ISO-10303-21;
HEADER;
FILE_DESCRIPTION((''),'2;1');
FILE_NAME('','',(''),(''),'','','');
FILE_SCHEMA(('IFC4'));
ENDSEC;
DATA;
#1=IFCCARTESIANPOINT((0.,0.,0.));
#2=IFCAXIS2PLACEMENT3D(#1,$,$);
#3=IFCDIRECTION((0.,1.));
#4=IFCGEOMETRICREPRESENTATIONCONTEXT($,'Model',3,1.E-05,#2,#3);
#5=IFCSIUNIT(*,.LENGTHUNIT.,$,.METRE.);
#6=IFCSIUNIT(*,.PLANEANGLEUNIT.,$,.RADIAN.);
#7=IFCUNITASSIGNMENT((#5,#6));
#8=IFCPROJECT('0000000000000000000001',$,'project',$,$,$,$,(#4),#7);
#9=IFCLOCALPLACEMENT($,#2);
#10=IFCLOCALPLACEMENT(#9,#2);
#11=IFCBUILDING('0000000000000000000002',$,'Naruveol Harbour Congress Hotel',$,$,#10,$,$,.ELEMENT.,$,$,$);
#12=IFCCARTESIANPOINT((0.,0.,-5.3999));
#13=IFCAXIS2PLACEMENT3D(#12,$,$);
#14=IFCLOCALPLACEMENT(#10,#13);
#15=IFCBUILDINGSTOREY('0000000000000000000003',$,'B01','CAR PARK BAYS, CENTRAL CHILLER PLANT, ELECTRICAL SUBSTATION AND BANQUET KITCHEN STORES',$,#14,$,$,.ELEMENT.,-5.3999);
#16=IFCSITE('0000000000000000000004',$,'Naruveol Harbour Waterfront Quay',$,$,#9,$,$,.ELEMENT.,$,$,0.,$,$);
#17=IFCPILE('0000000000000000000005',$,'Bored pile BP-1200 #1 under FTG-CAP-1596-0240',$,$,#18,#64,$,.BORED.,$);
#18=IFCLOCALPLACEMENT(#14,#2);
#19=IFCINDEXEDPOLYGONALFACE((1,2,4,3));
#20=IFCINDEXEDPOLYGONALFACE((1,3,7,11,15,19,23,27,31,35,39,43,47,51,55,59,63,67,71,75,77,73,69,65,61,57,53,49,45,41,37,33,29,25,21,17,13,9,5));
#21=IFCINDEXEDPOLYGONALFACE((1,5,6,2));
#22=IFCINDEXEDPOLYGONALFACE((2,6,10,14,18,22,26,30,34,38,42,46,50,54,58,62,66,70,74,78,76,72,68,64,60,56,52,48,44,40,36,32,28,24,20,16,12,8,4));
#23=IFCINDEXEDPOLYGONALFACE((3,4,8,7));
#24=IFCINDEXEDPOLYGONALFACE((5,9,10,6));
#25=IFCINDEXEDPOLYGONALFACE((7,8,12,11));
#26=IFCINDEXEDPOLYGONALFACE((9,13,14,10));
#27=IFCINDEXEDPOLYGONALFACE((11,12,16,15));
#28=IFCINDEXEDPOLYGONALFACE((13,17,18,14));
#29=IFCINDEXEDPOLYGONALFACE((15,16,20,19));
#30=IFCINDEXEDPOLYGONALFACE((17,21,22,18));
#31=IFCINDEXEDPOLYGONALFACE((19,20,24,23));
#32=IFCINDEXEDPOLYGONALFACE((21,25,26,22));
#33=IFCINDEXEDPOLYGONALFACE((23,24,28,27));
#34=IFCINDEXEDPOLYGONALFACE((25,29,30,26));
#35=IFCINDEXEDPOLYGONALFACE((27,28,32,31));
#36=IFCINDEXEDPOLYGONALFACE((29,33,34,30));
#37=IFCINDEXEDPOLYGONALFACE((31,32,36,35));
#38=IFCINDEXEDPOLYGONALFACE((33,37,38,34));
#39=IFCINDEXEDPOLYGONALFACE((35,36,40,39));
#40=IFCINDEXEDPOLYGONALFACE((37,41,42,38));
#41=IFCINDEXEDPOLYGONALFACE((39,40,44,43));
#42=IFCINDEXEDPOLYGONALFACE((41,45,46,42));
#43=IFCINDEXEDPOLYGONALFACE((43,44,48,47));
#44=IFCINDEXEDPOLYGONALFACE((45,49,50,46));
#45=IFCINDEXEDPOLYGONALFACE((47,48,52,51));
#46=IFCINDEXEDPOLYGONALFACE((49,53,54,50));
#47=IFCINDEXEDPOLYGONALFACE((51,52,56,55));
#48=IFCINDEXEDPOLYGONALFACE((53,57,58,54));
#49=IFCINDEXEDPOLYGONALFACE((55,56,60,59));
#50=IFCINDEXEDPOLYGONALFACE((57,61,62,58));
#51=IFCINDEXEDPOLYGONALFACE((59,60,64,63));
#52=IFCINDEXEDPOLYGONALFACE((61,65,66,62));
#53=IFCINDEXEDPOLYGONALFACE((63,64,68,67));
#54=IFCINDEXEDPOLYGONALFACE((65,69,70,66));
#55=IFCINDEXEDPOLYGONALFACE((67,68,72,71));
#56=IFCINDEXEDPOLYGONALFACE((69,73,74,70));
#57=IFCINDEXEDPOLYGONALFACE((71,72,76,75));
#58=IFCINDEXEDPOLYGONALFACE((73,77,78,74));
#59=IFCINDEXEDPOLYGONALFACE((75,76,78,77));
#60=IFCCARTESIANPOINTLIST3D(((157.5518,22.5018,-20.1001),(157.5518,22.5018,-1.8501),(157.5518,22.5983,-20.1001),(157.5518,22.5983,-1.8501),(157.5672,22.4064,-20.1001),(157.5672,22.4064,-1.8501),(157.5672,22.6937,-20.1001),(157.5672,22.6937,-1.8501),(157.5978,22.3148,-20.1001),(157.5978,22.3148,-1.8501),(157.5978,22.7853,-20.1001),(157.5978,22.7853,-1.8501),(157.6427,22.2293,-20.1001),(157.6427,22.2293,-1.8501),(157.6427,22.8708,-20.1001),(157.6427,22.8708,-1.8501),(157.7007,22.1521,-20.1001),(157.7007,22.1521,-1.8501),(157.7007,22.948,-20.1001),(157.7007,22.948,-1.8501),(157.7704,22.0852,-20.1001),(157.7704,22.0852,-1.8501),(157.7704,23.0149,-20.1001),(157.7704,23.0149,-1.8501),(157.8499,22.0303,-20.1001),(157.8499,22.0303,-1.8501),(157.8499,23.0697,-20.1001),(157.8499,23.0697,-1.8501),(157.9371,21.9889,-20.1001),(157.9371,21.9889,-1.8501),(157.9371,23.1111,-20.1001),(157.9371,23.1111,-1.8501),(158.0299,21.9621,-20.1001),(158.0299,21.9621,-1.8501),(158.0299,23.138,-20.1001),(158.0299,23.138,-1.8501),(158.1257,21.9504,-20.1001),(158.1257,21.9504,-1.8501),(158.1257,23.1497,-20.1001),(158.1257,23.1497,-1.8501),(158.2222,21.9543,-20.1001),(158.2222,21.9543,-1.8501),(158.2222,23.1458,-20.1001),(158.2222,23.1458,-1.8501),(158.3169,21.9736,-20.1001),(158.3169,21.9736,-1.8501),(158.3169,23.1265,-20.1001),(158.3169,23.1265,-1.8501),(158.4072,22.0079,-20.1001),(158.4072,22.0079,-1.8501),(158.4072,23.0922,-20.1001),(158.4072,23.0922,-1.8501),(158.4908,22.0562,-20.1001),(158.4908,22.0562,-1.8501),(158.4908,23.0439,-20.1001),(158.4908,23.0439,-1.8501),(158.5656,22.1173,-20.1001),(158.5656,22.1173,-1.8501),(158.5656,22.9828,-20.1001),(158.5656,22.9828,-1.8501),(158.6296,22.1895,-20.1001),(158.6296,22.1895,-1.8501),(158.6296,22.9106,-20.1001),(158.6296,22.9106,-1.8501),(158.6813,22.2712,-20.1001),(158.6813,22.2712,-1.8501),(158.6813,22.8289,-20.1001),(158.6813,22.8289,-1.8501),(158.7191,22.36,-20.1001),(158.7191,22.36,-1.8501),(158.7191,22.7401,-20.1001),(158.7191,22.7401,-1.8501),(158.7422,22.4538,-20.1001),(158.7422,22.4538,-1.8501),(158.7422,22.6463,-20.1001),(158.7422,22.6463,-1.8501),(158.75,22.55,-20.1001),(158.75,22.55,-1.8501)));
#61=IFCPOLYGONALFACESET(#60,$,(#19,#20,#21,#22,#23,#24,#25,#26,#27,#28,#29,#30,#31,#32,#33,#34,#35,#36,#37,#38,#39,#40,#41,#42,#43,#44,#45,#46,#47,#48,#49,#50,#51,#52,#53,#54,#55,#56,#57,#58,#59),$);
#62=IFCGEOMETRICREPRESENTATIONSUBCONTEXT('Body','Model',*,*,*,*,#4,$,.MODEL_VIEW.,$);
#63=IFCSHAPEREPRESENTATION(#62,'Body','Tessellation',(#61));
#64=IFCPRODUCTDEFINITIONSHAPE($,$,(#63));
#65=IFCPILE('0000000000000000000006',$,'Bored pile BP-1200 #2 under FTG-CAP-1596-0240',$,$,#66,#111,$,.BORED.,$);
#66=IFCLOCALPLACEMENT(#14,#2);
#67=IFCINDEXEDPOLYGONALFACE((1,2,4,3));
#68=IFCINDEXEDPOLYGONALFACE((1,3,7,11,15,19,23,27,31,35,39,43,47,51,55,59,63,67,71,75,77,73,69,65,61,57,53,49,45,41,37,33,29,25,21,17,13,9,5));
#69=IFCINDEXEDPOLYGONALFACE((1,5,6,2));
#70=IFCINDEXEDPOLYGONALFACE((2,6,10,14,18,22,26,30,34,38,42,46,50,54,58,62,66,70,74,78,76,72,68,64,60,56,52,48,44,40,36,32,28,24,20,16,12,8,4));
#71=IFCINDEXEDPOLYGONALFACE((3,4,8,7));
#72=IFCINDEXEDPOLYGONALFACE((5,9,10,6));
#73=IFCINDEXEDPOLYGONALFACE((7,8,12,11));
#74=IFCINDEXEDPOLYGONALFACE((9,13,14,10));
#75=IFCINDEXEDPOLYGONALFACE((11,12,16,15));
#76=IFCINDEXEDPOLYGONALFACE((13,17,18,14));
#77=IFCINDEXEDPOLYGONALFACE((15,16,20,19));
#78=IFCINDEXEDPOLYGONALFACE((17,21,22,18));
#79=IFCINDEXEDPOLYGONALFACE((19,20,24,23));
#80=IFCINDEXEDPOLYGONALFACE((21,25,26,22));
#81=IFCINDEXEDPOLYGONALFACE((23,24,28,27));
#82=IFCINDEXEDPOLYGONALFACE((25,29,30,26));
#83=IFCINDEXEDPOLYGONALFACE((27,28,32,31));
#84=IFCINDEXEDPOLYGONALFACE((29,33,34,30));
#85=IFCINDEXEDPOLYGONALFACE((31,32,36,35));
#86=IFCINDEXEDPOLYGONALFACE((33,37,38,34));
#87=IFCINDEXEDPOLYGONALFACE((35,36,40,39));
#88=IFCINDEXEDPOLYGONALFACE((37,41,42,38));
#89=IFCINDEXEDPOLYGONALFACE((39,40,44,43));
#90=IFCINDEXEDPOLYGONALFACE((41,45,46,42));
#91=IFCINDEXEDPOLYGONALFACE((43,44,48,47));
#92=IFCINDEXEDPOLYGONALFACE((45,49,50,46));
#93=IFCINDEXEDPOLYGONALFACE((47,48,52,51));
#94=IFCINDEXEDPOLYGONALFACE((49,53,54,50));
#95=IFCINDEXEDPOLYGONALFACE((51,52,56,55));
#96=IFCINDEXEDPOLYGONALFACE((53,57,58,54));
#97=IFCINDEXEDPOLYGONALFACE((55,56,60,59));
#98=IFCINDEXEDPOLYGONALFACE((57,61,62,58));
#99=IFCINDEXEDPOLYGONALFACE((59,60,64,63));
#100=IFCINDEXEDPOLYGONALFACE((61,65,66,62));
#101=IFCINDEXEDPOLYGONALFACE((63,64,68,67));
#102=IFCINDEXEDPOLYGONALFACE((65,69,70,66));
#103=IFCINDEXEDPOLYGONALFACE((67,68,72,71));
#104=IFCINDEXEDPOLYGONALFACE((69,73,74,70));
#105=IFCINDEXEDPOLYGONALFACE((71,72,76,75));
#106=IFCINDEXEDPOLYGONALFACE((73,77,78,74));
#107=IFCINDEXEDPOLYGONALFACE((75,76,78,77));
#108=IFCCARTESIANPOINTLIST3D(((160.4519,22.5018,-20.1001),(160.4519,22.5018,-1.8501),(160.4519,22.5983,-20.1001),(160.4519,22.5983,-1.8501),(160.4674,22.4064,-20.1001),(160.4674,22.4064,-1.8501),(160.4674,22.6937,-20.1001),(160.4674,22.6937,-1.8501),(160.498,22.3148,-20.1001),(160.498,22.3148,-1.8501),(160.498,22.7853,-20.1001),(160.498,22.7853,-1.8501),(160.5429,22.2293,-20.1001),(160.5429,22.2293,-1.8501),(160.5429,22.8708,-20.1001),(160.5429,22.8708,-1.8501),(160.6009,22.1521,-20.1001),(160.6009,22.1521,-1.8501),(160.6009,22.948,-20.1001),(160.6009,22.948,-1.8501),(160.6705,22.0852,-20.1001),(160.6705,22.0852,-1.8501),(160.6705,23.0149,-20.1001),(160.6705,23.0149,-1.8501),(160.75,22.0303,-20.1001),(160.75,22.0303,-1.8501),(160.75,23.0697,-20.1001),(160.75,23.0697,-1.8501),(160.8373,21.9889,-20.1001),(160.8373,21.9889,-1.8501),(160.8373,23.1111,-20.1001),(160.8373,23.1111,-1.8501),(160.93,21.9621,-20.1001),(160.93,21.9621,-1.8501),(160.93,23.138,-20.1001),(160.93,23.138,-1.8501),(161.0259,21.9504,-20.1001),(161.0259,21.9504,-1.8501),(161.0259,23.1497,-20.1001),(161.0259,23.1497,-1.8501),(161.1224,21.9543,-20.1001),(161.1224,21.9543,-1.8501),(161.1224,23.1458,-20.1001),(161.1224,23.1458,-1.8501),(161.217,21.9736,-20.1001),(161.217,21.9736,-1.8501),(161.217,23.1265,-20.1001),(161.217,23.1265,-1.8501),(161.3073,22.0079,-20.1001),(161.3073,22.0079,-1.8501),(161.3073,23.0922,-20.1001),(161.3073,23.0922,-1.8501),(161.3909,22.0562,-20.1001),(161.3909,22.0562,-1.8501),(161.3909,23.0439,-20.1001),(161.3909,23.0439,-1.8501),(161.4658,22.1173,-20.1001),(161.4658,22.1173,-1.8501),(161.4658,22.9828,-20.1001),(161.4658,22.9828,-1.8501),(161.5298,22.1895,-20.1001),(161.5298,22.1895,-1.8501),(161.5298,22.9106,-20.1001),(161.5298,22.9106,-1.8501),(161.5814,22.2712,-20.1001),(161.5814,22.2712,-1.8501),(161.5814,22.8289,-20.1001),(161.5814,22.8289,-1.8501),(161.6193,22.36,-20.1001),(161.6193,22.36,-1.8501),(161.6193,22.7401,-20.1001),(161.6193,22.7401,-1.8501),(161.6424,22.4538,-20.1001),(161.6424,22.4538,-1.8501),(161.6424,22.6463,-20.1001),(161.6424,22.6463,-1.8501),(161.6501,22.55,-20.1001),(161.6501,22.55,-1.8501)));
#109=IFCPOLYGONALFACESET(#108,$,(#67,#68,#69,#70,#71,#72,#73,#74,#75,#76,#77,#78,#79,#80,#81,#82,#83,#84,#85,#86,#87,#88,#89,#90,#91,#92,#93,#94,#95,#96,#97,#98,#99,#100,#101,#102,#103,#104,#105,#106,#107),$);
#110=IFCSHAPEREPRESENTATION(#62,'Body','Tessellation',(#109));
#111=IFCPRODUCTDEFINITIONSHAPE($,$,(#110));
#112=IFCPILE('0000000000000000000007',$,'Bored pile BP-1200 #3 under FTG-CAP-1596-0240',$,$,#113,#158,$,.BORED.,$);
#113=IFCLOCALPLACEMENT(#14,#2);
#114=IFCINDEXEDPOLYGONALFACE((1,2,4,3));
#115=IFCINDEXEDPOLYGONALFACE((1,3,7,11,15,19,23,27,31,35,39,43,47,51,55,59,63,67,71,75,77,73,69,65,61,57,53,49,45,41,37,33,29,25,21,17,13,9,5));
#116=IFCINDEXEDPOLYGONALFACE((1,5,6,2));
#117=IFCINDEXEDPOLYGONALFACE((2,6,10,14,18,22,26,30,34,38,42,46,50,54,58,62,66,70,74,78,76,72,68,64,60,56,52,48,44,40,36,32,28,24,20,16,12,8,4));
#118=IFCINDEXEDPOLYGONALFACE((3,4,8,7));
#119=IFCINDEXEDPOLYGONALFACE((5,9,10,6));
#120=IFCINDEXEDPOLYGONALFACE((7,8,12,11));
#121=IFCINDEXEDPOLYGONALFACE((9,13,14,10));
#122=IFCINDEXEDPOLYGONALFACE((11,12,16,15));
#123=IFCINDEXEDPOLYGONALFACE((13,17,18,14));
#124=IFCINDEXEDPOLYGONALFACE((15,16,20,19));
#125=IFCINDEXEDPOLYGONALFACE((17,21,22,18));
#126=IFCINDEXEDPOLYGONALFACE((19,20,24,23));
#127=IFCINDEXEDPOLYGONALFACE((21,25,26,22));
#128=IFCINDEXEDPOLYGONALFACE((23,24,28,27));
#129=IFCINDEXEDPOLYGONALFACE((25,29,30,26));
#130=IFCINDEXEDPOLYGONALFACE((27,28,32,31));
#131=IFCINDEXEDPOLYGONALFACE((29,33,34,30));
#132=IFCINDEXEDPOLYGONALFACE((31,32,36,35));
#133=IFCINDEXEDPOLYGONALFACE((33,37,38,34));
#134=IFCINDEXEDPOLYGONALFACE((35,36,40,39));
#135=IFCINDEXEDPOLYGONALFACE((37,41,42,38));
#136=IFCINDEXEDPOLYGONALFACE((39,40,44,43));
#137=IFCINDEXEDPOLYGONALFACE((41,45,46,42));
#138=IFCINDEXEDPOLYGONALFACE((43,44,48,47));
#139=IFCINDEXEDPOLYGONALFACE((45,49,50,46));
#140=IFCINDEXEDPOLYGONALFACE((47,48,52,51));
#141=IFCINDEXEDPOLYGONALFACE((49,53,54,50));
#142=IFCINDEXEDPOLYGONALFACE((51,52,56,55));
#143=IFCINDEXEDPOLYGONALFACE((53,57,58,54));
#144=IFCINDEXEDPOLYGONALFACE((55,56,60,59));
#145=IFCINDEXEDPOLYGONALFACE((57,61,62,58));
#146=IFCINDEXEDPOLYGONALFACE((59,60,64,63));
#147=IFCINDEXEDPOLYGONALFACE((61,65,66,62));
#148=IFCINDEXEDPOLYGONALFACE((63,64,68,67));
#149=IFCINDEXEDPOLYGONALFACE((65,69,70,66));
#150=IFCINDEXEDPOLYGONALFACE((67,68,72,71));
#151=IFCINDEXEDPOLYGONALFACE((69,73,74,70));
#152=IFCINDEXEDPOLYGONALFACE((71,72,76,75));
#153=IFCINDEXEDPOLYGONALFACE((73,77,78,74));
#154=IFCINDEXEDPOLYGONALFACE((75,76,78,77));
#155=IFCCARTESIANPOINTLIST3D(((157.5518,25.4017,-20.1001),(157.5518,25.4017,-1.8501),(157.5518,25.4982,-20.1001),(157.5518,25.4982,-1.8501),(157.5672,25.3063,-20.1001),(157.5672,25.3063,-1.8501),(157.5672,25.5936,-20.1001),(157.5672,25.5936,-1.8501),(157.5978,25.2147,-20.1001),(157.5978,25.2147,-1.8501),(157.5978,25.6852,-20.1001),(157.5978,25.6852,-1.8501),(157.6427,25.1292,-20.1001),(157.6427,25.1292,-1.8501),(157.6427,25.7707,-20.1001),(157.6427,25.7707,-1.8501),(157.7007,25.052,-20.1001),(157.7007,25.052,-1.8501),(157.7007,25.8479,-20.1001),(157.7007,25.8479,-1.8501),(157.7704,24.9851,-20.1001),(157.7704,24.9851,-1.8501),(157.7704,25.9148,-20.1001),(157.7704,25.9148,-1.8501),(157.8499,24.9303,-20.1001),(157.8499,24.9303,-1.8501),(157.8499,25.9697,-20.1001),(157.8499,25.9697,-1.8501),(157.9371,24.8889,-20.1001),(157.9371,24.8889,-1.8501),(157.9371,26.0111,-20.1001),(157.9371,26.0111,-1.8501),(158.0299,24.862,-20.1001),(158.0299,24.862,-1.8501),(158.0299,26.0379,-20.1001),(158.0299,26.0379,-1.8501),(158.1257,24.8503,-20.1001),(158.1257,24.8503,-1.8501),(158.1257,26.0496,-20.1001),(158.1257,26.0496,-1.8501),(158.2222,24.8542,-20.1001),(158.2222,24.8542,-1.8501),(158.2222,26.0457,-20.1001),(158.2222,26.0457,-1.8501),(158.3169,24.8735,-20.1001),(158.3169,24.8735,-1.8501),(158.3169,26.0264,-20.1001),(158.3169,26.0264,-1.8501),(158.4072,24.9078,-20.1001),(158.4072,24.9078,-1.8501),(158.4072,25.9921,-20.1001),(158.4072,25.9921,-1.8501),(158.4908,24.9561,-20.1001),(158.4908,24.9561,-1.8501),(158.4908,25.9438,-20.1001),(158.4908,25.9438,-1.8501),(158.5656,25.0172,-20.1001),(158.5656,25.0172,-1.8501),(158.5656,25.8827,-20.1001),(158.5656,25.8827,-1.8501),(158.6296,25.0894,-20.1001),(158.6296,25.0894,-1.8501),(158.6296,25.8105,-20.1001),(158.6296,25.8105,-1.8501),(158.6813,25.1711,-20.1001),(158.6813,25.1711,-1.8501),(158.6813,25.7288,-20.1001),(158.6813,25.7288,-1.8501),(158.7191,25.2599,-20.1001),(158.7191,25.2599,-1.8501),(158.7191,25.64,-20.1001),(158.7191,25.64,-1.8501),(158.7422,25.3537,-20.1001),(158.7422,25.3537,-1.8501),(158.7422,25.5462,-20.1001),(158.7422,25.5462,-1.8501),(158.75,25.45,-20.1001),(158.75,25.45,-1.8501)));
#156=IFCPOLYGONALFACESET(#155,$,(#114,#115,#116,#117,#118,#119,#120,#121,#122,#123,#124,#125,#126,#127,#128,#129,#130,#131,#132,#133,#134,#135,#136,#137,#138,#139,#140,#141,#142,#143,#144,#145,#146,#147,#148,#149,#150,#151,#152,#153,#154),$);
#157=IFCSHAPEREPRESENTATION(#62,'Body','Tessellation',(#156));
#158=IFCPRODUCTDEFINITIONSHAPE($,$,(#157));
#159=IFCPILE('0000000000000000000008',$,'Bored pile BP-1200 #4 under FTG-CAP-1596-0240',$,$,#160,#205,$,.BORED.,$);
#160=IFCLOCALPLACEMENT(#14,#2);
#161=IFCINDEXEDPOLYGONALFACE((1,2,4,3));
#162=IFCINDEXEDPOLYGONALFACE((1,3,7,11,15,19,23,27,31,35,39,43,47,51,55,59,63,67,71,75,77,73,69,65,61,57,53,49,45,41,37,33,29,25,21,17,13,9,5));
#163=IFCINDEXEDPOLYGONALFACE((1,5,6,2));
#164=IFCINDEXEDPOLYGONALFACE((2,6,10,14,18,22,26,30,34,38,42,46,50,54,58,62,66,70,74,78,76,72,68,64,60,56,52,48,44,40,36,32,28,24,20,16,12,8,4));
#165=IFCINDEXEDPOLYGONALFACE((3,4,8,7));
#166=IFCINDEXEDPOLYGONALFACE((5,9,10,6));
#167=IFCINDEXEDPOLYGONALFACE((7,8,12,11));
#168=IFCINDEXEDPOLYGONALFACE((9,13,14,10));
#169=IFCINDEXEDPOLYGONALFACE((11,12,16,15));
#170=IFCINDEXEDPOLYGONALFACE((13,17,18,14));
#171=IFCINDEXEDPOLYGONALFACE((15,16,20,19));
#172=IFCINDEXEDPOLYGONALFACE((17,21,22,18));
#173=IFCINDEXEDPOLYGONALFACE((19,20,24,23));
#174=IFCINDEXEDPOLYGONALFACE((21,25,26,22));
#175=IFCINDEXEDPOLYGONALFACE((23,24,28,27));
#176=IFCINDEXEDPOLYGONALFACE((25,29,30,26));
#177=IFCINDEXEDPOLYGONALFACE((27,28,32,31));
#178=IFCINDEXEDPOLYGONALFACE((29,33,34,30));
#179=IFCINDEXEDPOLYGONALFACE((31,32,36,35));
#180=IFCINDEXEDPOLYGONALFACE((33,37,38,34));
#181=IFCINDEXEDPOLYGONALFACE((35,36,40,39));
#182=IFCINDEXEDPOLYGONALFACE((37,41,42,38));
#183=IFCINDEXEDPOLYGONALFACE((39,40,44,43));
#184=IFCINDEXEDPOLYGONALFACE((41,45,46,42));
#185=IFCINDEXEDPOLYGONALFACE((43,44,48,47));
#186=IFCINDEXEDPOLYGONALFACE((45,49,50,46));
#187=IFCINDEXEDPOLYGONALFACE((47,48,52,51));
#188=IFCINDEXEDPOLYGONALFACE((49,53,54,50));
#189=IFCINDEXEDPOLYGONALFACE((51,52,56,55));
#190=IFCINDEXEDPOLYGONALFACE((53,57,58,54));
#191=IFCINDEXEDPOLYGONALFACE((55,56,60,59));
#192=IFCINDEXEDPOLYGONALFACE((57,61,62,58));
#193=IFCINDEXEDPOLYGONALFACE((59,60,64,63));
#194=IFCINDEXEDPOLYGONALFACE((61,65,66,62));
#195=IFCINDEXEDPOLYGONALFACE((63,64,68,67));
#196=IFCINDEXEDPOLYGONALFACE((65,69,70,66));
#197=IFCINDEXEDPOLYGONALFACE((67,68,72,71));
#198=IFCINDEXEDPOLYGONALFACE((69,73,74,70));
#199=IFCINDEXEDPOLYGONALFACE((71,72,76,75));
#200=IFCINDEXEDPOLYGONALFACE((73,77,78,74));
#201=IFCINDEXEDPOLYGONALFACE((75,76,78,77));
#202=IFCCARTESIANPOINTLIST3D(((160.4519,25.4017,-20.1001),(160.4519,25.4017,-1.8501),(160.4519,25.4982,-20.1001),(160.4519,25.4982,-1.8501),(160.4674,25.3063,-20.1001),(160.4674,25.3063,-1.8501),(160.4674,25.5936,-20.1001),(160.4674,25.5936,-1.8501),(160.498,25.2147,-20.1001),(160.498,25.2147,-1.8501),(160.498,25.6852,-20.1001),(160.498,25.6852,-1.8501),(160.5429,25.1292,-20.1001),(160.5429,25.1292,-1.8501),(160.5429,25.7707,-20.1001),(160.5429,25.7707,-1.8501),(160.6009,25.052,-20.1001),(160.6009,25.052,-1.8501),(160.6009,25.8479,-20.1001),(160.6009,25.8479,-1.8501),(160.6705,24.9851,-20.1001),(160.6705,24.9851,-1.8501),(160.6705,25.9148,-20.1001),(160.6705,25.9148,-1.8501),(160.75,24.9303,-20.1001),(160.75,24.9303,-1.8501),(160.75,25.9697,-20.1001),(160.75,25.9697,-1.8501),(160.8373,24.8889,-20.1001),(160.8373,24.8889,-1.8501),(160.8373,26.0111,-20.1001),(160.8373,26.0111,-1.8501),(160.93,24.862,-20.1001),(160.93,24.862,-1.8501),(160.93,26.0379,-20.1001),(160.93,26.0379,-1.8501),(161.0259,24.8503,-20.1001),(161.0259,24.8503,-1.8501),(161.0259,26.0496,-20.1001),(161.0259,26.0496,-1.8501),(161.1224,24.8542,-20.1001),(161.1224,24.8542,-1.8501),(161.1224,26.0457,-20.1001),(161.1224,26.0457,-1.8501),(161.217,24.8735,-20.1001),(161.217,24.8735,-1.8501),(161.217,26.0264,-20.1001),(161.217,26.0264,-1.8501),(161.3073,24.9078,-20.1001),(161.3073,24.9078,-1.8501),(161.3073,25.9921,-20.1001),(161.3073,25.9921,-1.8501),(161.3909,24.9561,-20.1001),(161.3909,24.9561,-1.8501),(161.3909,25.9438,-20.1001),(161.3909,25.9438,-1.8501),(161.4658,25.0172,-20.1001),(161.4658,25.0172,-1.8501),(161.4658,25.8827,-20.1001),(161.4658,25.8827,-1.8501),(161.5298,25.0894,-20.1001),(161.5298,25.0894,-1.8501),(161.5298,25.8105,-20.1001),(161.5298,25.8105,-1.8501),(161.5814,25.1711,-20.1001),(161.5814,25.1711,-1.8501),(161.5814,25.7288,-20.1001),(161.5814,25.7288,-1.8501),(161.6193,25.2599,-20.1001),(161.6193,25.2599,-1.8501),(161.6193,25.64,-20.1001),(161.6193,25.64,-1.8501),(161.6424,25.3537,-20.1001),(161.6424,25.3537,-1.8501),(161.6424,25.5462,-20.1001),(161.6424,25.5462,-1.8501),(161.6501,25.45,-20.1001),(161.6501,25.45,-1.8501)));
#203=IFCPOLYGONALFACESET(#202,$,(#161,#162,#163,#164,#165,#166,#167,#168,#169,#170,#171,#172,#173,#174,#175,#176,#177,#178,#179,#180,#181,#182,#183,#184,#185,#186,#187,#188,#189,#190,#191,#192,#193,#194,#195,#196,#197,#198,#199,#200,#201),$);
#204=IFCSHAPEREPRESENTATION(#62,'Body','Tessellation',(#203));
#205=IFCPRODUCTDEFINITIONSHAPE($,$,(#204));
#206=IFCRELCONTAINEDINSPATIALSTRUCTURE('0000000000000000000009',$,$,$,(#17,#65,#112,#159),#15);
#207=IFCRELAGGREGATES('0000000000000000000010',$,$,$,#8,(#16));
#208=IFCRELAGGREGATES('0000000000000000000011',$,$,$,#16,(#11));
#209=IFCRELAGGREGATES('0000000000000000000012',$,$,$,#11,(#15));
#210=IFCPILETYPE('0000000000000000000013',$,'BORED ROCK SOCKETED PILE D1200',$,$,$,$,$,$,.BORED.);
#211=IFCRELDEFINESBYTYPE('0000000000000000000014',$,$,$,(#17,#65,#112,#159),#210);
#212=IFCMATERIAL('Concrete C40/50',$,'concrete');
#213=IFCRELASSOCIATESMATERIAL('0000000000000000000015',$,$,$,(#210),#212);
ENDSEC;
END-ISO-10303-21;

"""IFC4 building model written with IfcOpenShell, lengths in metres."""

from ifc_helpers import new_model, si_unit, direction, frame, origin, origin_2d, place, context, subcontext, project, spatial, circle, extrude, material, material_profile, profile_set, type_object, element, save


model = new_model("IFC4")

# Units and contexts
model_context = context("Model", 3, precision=1e-05, world=origin(), true_north=direction((0.0, 1.0)))
body_context = subcontext(model_context, "Body", "Model", "MODEL_VIEW")
ifc_project = project(units=[si_unit("LENGTHUNIT", "METRE"), si_unit("PLANEANGLEUNIT", "RADIAN")], contexts=[model_context])

# Site, building, storey
site_placement = place(None, origin())
site = spatial("IfcSite", under=ifc_project, at=site_placement, Name="Naruveol Harbour Waterfront Quay", CompositionType="ELEMENT", RefElevation=0.0)
building_placement = place(site_placement, origin())
building = spatial("IfcBuilding", under=site, at=building_placement, Name="Naruveol Harbour Congress Hotel", CompositionType="ELEMENT")
storey_placement = place(building_placement, frame((0.0, 0.0, -5.3999)))
storey = spatial("IfcBuildingStorey", under=building, at=storey_placement, Name="B01", Description="CAR PARK BAYS, CENTRAL CHILLER PLANT, ELECTRICAL SUBSTATION AND BANQUET KITCHEN STORES", CompositionType="ELEMENT", Elevation=-5.3999)

# Piles
ifc_material_1 = material(Name="Concrete C40/50", Category="concrete")
ifc_material_profile_1 = material_profile(ifc_material_1, circle(Radius=0.6001, at=origin_2d()), Name="BP-1200")
ifc_profile_set_1 = profile_set([ifc_material_profile_1], Name="Concrete C40/50")
pile_type = type_object("IfcPileType", Name="BORED ROCK SOCKETED PILE D1200", PredefinedType="BORED", material=ifc_profile_set_1)
for number, where, z_axis, x_axis, name in (
    (1, (158.1499, 22.55, -1.8501), (0.0, 0.0, -1.0), (1.0, 0.0, 0.0), "Bored pile BP-1200 #1 under FTG-CAP-1596-0240"),
    (2, (161.05, 22.55, -1.8501), (0.0, 0.0, -1.0), (1.0, 0.0, 0.0), "Bored pile BP-1200 #2 under FTG-CAP-1596-0240"),
    (3, (158.1499, 25.45, -1.8501), (0.0, 0.0, -1.0), (1.0, 0.0, 0.0), "Bored pile BP-1200 #3 under FTG-CAP-1596-0240"),
    (4, (161.05, 25.45, -1.8501), (0.0, 0.0, -1.0), (1.0, 0.0, 0.0), "Bored pile BP-1200 #4 under FTG-CAP-1596-0240"),
):
    element("IfcPile", number, at=place(storey_placement, frame(where, z_axis=z_axis, x_axis=x_axis)), inside=storey, type_object=pile_type, Name=name, PredefinedType="BORED", context=body_context, shape_type="SweptSolid", body=[
        extrude(circle(Radius=0.6001, at=origin_2d()), origin(), (0.0, 0.0, 1.0), 18.25),
    ])

save(model, "model.ifc")
